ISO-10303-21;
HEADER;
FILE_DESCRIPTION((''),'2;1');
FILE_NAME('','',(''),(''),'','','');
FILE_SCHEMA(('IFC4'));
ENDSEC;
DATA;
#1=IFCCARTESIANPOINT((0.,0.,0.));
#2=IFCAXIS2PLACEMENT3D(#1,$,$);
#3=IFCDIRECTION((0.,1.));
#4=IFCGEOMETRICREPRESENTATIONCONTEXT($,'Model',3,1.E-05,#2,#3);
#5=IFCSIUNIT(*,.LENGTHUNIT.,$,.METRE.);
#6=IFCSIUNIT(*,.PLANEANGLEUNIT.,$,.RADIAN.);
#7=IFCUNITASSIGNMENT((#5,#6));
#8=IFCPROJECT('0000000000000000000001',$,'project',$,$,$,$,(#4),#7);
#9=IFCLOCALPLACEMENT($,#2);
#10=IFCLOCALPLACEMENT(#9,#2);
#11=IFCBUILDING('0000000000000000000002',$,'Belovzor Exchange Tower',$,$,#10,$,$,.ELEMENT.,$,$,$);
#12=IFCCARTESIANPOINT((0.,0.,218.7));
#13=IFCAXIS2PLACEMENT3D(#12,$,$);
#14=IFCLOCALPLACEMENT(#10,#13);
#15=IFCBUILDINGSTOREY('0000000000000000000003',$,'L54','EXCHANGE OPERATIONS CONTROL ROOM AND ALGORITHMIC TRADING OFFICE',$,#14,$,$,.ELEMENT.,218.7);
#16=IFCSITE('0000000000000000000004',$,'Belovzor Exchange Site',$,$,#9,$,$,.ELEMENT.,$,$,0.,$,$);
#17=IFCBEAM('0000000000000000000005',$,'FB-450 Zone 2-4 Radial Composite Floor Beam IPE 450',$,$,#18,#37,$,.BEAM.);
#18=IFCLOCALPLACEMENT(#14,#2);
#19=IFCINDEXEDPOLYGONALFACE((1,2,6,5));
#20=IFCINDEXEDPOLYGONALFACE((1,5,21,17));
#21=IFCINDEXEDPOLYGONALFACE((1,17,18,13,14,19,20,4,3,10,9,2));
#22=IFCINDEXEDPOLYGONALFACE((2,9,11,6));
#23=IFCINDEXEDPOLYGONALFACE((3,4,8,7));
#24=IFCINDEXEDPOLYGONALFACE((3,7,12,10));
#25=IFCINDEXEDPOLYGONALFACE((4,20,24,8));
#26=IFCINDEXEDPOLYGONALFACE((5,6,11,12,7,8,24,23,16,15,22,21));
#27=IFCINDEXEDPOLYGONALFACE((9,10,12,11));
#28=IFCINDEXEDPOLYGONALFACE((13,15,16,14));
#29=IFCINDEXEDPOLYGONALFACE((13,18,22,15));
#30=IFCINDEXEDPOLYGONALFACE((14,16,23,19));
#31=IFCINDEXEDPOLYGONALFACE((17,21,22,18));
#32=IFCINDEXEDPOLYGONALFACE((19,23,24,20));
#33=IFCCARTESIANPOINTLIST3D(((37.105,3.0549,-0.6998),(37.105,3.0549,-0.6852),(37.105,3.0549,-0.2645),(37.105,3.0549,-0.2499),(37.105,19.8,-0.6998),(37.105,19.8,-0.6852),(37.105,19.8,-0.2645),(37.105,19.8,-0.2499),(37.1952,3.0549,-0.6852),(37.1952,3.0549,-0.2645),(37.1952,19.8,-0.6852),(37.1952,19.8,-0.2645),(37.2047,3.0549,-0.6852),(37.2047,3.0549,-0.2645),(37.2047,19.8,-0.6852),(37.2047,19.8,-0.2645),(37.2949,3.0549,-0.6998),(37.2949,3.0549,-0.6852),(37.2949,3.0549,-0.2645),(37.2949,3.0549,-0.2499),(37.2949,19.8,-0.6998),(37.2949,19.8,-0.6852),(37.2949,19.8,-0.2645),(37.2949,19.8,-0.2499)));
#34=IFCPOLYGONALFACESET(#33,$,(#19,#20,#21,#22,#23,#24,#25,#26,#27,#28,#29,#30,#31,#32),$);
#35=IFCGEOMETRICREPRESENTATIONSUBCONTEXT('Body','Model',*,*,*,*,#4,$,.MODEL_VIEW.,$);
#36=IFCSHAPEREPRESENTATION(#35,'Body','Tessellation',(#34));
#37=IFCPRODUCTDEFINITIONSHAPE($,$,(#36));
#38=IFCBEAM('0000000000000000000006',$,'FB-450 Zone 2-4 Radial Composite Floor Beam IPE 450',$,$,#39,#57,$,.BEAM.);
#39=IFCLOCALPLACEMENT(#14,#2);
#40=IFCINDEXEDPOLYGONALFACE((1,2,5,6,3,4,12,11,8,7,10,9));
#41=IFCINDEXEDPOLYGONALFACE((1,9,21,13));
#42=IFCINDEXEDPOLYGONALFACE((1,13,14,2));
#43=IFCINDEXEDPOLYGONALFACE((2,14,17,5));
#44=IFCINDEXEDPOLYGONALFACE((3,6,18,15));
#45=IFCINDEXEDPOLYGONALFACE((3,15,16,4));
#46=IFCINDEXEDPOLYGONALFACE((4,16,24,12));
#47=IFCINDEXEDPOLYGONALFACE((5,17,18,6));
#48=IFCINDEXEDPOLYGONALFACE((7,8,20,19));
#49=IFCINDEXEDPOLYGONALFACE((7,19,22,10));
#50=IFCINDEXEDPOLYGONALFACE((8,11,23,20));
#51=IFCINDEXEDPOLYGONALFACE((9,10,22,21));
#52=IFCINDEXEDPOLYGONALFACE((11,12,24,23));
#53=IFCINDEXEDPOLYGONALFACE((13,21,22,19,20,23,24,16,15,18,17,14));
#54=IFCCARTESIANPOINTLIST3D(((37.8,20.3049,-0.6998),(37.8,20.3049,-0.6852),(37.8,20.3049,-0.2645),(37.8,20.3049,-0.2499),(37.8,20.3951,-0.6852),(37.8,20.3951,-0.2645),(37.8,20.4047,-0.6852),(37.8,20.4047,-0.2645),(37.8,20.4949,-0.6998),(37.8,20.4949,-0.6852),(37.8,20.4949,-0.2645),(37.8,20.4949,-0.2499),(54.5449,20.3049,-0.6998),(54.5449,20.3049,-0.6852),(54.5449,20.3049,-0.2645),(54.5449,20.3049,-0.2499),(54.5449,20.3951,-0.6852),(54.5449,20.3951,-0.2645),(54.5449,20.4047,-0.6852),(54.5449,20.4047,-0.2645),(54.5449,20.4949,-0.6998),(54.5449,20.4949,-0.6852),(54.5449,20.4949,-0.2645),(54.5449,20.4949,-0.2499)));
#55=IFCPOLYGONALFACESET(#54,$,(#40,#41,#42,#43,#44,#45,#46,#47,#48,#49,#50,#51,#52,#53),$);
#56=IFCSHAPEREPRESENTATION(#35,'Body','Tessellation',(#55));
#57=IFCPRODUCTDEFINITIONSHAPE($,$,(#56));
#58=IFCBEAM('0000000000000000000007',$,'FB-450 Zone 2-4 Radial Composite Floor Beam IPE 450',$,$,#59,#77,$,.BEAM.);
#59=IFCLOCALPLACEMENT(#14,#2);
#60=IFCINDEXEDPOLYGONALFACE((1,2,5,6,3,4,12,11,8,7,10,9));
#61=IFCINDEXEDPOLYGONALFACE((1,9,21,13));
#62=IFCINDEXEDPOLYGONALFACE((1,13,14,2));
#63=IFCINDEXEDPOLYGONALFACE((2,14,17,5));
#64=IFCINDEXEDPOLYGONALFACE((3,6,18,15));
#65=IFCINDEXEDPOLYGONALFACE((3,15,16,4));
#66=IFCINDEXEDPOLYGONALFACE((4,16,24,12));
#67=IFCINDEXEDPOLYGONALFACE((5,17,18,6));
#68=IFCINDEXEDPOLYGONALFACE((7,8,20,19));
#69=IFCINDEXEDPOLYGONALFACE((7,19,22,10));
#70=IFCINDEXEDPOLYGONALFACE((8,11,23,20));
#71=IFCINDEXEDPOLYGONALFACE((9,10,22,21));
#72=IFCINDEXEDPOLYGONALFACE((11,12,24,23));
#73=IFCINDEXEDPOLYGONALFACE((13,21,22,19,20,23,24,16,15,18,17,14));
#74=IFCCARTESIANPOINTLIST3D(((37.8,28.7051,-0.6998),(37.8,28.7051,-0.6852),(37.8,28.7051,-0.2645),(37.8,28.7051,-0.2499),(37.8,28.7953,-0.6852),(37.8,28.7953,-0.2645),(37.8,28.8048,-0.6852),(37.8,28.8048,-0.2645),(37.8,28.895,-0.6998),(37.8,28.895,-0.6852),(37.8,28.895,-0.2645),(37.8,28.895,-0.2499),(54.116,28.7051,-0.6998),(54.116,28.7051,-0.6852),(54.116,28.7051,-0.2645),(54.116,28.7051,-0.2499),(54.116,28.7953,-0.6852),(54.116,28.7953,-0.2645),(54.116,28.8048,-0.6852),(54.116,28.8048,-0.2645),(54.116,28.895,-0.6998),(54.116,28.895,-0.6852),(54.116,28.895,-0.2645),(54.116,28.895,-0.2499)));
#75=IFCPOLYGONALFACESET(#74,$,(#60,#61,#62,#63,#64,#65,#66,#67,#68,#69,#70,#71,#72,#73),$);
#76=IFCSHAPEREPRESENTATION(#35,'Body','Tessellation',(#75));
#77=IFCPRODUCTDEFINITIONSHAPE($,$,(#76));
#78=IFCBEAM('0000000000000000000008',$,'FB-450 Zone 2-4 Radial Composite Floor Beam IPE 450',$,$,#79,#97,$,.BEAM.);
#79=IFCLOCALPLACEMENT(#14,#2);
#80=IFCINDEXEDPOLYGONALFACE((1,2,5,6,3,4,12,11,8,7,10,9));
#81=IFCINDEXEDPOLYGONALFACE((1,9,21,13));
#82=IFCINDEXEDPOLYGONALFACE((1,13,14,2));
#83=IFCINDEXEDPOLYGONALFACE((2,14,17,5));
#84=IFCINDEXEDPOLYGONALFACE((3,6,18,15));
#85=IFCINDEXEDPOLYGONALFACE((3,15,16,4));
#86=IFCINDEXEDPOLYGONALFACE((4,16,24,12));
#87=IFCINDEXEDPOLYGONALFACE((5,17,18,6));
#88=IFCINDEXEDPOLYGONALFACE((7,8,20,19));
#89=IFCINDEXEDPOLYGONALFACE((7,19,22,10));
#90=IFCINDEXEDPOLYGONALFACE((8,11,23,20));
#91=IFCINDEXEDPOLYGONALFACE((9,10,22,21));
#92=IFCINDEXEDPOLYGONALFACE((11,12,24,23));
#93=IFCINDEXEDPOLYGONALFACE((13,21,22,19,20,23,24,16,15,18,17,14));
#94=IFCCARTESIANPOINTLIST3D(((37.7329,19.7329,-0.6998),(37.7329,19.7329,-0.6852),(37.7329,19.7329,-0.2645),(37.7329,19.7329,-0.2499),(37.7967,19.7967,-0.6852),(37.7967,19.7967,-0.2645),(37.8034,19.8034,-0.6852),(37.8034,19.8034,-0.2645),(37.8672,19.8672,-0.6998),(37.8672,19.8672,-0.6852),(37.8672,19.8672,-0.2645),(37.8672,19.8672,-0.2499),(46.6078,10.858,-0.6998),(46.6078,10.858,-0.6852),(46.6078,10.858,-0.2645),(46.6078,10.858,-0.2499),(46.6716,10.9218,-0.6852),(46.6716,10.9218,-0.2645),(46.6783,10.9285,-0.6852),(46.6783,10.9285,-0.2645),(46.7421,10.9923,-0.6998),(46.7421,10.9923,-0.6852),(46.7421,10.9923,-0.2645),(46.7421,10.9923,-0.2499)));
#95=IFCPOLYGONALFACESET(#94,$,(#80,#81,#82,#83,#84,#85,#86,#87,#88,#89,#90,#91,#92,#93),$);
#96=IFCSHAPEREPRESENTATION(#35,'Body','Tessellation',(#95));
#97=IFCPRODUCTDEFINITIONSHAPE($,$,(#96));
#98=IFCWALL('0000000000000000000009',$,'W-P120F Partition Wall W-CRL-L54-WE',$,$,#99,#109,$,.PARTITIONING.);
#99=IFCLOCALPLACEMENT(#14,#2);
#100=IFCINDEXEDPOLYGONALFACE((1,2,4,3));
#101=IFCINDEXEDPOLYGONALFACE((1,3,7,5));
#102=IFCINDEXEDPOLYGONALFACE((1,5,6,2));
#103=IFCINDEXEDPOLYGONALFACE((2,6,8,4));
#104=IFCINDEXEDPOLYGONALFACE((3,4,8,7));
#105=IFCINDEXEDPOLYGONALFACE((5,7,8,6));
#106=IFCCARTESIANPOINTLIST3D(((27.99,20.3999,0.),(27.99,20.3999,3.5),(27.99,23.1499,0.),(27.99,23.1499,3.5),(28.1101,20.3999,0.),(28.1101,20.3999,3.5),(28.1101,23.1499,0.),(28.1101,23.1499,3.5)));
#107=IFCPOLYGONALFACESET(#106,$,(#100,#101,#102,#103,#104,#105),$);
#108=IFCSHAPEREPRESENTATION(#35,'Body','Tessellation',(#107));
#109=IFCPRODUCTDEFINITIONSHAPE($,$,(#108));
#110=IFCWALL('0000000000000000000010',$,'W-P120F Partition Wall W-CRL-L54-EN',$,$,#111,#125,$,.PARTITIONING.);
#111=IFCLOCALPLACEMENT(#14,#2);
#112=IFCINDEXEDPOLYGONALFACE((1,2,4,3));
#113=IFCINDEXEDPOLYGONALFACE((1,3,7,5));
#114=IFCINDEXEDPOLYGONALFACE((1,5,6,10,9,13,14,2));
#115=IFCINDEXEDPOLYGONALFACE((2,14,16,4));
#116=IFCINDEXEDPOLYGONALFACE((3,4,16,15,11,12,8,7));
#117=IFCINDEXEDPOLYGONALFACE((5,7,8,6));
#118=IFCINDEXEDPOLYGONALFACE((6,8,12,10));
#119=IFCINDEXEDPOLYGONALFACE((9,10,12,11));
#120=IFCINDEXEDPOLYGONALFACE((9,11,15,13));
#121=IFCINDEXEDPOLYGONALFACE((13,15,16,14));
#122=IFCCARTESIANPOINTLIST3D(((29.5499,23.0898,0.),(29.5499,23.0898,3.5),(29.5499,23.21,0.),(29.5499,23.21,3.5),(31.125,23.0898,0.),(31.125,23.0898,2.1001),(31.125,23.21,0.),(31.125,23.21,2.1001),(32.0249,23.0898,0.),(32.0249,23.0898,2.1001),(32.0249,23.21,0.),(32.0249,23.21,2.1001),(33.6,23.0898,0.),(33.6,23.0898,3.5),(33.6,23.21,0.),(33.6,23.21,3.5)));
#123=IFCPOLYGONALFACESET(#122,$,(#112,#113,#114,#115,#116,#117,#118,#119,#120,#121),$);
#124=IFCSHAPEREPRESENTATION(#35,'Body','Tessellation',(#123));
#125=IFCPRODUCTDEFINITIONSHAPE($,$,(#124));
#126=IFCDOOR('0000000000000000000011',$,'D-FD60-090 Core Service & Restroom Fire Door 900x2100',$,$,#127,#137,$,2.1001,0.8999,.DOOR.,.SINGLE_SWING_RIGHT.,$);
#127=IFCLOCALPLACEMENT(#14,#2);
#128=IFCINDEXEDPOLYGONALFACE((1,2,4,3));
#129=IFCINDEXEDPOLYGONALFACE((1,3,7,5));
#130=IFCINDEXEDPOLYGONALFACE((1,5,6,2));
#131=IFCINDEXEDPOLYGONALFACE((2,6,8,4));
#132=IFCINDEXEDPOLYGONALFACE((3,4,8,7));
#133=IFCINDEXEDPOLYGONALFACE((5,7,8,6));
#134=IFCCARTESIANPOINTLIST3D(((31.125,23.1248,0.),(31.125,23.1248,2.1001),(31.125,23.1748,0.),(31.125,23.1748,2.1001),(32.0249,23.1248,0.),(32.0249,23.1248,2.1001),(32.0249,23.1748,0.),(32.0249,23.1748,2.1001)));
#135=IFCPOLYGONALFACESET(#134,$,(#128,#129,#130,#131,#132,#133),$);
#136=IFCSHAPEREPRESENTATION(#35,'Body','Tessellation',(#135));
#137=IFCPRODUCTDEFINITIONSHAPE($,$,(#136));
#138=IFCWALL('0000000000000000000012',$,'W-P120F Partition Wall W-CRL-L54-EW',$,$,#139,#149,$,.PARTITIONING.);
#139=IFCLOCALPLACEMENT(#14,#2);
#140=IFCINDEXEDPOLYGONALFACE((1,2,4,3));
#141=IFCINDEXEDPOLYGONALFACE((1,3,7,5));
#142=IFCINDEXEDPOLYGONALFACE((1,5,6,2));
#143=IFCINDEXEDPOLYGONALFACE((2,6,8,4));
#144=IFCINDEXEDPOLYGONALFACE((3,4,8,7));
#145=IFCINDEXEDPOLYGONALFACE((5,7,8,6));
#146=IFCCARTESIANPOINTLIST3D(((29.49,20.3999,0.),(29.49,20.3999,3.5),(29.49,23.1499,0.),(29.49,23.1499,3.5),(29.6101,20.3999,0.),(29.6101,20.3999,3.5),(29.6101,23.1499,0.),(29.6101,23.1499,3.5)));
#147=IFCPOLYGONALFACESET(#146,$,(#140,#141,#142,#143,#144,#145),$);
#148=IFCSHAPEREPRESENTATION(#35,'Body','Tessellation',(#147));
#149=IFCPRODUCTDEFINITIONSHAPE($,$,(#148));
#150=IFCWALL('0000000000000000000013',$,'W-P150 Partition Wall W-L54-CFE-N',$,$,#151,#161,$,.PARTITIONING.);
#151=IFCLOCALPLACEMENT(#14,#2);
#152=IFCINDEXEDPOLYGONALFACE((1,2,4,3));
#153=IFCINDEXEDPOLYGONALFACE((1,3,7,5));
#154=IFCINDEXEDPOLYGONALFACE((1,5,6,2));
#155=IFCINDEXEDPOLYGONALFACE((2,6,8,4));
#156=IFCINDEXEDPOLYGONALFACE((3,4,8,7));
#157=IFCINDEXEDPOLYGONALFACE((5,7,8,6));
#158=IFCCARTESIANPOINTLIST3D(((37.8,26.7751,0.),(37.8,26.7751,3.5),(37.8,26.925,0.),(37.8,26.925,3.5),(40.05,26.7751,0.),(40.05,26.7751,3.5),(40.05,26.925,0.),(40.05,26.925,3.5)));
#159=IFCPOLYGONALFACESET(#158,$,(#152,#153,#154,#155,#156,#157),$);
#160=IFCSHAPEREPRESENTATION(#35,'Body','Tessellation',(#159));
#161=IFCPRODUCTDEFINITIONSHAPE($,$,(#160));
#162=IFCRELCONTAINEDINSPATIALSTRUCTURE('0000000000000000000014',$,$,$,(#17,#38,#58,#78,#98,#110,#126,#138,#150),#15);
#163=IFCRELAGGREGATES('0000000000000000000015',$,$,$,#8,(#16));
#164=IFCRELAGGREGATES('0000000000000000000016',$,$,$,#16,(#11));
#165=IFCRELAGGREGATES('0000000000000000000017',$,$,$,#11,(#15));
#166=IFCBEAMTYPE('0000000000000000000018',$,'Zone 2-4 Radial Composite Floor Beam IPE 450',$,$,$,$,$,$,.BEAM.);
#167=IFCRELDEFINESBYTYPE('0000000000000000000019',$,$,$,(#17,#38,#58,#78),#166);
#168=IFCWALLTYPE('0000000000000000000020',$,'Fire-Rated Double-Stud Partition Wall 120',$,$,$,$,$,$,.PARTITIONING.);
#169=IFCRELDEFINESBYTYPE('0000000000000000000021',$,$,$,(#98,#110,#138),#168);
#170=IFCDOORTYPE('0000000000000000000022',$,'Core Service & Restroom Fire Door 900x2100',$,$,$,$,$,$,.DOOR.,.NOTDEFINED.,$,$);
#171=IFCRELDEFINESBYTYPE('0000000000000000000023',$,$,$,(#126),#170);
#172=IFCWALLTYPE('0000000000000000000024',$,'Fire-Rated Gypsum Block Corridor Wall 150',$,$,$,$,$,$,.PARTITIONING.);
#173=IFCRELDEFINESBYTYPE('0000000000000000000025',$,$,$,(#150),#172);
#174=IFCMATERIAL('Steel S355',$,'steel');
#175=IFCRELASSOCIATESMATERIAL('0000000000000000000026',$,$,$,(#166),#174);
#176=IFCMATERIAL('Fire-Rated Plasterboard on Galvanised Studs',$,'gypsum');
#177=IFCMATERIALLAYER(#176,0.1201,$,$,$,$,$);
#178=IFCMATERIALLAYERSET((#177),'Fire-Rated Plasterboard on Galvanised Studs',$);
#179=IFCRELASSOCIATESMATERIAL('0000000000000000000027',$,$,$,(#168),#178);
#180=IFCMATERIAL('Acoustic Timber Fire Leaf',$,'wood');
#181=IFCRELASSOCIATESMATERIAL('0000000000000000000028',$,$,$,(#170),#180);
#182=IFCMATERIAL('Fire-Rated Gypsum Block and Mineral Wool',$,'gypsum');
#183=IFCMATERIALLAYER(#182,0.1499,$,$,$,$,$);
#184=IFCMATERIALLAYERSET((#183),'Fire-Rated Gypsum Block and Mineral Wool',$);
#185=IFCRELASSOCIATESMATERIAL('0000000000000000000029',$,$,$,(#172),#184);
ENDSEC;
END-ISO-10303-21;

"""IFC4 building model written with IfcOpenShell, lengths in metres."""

from ifc_helpers import new_model, si_unit, direction, frame, frame_2d, origin, origin_2d, place, context, subcontext, project, spatial, rectangle, i_section, extrude, material, layer, layer_set, material_profile, profile_set, type_object, element, fill, save


model = new_model("IFC4")

# Units and contexts
model_context = context("Model", 3, precision=1e-05, world=origin(), true_north=direction((0.0, 1.0)))
body_context = subcontext(model_context, "Body", "Model", "MODEL_VIEW")
ifc_project = project(units=[si_unit("LENGTHUNIT", "METRE"), si_unit("PLANEANGLEUNIT", "RADIAN")], contexts=[model_context])

# Site, building, storey
site_placement = place(None, origin())
site = spatial("IfcSite", under=ifc_project, at=site_placement, Name="Belovzor Exchange Site", CompositionType="ELEMENT", RefElevation=0.0)
building_placement = place(site_placement, origin())
building = spatial("IfcBuilding", under=site, at=building_placement, Name="Belovzor Exchange Tower", CompositionType="ELEMENT")
storey_placement = place(building_placement, frame((0.0, 0.0, 218.7)))
storey = spatial("IfcBuildingStorey", under=building, at=storey_placement, Name="L54", Description="EXCHANGE OPERATIONS CONTROL ROOM AND ALGORITHMIC TRADING OFFICE", CompositionType="ELEMENT", Elevation=218.7)

# Beams
ifc_material_1 = material(Name="Steel S355", Category="steel")
ifc_material_profile = material_profile(ifc_material_1, i_section(OverallWidth=0.1899, OverallDepth=0.45, WebThickness=0.0095, FlangeThickness=0.0146, at=origin_2d()))
ifc_profile_set = profile_set([ifc_material_profile], Name="Steel S355")
beam_type = type_object("IfcBeamType", Name="Zone 2-4 Radial Composite Floor Beam IPE 450", PredefinedType="BEAM", material=ifc_profile_set)
beam_1_placement = place(storey_placement, frame((37.2, 19.8, -0.4749), z_axis=(0.0, -1.0, 0.0), x_axis=(1.0, 0.0, 0.0)))
element("IfcBeam", 1, at=beam_1_placement, inside=storey, type_object=beam_type, Name="FB-450 Zone 2-4 Radial Composite Floor Beam IPE 450", PredefinedType="BEAM", context=body_context, shape_type="SweptSolid", body=[
    extrude(i_section(OverallWidth=0.1899, OverallDepth=0.45, WebThickness=0.0095, FlangeThickness=0.0146, at=origin_2d()), origin(), (0.0, 0.0, 1.0), 16.7451),
])
beam_2_placement = place(storey_placement, frame((37.8, 20.3999, -0.4749), z_axis=(1.0, 0.0, 0.0), x_axis=(0.0, 1.0, 0.0)))
element("IfcBeam", 2, at=beam_2_placement, inside=storey, type_object=beam_type, Name="FB-450 Zone 2-4 Radial Composite Floor Beam IPE 450", PredefinedType="BEAM", context=body_context, shape_type="SweptSolid", body=[
    extrude(i_section(OverallWidth=0.1899, OverallDepth=0.45, WebThickness=0.0095, FlangeThickness=0.0146, at=origin_2d()), origin(), (0.0, 0.0, 1.0), 16.7449),
])
beam_3_placement = place(storey_placement, frame((37.8, 28.8, -0.4749), z_axis=(1.0, 0.0, 0.0), x_axis=(0.0, 1.0, 0.0)))
element("IfcBeam", 3, at=beam_3_placement, inside=storey, type_object=beam_type, Name="FB-450 Zone 2-4 Radial Composite Floor Beam IPE 450", PredefinedType="BEAM", context=body_context, shape_type="SweptSolid", body=[
    extrude(i_section(OverallWidth=0.1899, OverallDepth=0.45, WebThickness=0.0095, FlangeThickness=0.0146, at=origin_2d()), origin(), (0.0, 0.0, 1.0), 16.3159),
])
beam_4_placement = place(storey_placement, frame((37.8, 19.8, -0.4749), z_axis=(0.707107, -0.707107, 0.0), x_axis=(0.707107, 0.707107, 0.0)))
element("IfcBeam", 4, at=beam_4_placement, inside=storey, type_object=beam_type, Name="FB-450 Zone 2-4 Radial Composite Floor Beam IPE 450", PredefinedType="BEAM", context=body_context, shape_type="SweptSolid", body=[
    extrude(i_section(OverallWidth=0.1899, OverallDepth=0.45, WebThickness=0.0095, FlangeThickness=0.0146, at=origin_2d()), origin(), (0.0, 0.0, 1.0), 12.551),
])

# Wall
ifc_material_2 = material(Name="Fire-Rated Plasterboard on Galvanised Studs", Category="gypsum")
ifc_layer_1 = layer(ifc_material_2, 0.1201)
ifc_layer_set_1 = layer_set([ifc_layer_1], Name="Fire-Rated Plasterboard on Galvanised Studs")
wall_type_1 = type_object("IfcWallType", Name="Fire-Rated Double-Stud Partition Wall 120", PredefinedType="PARTITIONING", material=ifc_layer_set_1)
wall_1_placement = place(storey_placement, frame((28.05, 20.3999, 0.0), z_axis=(0.0, 0.0, 1.0), x_axis=(0.0, 1.0, 0.0)))
element("IfcWall", 5, at=wall_1_placement, inside=storey, type_object=wall_type_1, Name="W-P120F Partition Wall W-CRL-L54-WE", PredefinedType="PARTITIONING", context=body_context, shape_type="SweptSolid", body=[
    extrude(rectangle(XDim=2.75, YDim=0.1201, at=frame_2d((1.375, 0.0))), origin(), (0.0, 0.0, 1.0), 3.5),
])

# Wall, opening, door
wall_2_placement = place(storey_placement, frame((29.55, 23.1499, 0.0), z_axis=(0.0, 0.0, 1.0), x_axis=(1.0, 0.0, 0.0)))
wall_2 = element("IfcWall", 6, at=wall_2_placement, inside=storey, type_object=wall_type_1, Name="W-P120F Partition Wall W-CRL-L54-EN", PredefinedType="PARTITIONING", context=body_context, shape_type="SweptSolid", body=[
    extrude(rectangle(XDim=4.05, YDim=0.1201, at=frame_2d((2.0249, 0.0))), origin(), (0.0, 0.0, 1.0), 3.5),
])
opening_1_placement = place(wall_2_placement, frame((1.575, 0.0, 0.0)))
opening_1 = element("IfcOpeningElement", 7, at=opening_1_placement, cuts=wall_2, PredefinedType="OPENING", context=body_context, shape_type="SweptSolid", body=[
    extrude(rectangle(XDim=0.8999, YDim=2.1001, at=frame_2d((0.45, 1.05))), frame((0.0, 0.0701, 0.0), z_axis=(0.0, -1.0, 0.0), x_axis=(1.0, 0.0, 0.0)), (0.0, 0.0, 1.0), 0.1401),
])
ifc_material_3 = material(Name="Acoustic Timber Fire Leaf", Category="wood")
door_type_1 = type_object("IfcDoorType", Name="Core Service & Restroom Fire Door 900x2100", OperationType="NOTDEFINED", PredefinedType="DOOR", material=ifc_material_3)
door_1_placement = place(opening_1_placement, origin())
door_1 = element("IfcDoor", 8, at=door_1_placement, inside=storey, type_object=door_type_1, Name="D-FD60-090 Core Service & Restroom Fire Door 900x2100", OperationType="SINGLE_SWING_RIGHT", OverallHeight=2.1001, OverallWidth=0.8999, PredefinedType="DOOR", context=body_context, shape_type="SweptSolid", body=[
    extrude(rectangle(XDim=0.8999, YDim=2.1001, at=frame_2d((0.45, 1.05))), frame((0.0, 0.0249, 0.0), z_axis=(0.0, -1.0, 0.0), x_axis=(1.0, 0.0, 0.0)), (0.0, 0.0, 1.0), 0.05),
])
fill(opening_1, door_1)

# Walls
wall_3_placement = place(storey_placement, frame((29.55, 20.3999, 0.0), z_axis=(0.0, 0.0, 1.0), x_axis=(0.0, 1.0, 0.0)))
element("IfcWall", 9, at=wall_3_placement, inside=storey, type_object=wall_type_1, Name="W-P120F Partition Wall W-CRL-L54-EW", PredefinedType="PARTITIONING", context=body_context, shape_type="SweptSolid", body=[
    extrude(rectangle(XDim=2.75, YDim=0.1201, at=frame_2d((1.375, 0.0))), origin(), (0.0, 0.0, 1.0), 3.5),
])
ifc_material_4 = material(Name="Fire-Rated Gypsum Block and Mineral Wool", Category="gypsum")
ifc_layer_2 = layer(ifc_material_4, 0.1499)
ifc_layer_set_2 = layer_set([ifc_layer_2], Name="Fire-Rated Gypsum Block and Mineral Wool")
wall_type_2 = type_object("IfcWallType", Name="Fire-Rated Gypsum Block Corridor Wall 150", PredefinedType="PARTITIONING", material=ifc_layer_set_2)
wall_4_placement = place(storey_placement, frame((37.8, 26.8501, 0.0), z_axis=(0.0, 0.0, 1.0), x_axis=(1.0, 0.0, 0.0)))
element("IfcWall", 10, at=wall_4_placement, inside=storey, type_object=wall_type_2, Name="W-P150 Partition Wall W-L54-CFE-N", PredefinedType="PARTITIONING", context=body_context, shape_type="SweptSolid", body=[
    extrude(rectangle(XDim=2.25, YDim=0.1499, at=frame_2d((1.125, 0.0))), origin(), (0.0, 0.0, 1.0), 3.5),
])

save(model, "model.ifc")
